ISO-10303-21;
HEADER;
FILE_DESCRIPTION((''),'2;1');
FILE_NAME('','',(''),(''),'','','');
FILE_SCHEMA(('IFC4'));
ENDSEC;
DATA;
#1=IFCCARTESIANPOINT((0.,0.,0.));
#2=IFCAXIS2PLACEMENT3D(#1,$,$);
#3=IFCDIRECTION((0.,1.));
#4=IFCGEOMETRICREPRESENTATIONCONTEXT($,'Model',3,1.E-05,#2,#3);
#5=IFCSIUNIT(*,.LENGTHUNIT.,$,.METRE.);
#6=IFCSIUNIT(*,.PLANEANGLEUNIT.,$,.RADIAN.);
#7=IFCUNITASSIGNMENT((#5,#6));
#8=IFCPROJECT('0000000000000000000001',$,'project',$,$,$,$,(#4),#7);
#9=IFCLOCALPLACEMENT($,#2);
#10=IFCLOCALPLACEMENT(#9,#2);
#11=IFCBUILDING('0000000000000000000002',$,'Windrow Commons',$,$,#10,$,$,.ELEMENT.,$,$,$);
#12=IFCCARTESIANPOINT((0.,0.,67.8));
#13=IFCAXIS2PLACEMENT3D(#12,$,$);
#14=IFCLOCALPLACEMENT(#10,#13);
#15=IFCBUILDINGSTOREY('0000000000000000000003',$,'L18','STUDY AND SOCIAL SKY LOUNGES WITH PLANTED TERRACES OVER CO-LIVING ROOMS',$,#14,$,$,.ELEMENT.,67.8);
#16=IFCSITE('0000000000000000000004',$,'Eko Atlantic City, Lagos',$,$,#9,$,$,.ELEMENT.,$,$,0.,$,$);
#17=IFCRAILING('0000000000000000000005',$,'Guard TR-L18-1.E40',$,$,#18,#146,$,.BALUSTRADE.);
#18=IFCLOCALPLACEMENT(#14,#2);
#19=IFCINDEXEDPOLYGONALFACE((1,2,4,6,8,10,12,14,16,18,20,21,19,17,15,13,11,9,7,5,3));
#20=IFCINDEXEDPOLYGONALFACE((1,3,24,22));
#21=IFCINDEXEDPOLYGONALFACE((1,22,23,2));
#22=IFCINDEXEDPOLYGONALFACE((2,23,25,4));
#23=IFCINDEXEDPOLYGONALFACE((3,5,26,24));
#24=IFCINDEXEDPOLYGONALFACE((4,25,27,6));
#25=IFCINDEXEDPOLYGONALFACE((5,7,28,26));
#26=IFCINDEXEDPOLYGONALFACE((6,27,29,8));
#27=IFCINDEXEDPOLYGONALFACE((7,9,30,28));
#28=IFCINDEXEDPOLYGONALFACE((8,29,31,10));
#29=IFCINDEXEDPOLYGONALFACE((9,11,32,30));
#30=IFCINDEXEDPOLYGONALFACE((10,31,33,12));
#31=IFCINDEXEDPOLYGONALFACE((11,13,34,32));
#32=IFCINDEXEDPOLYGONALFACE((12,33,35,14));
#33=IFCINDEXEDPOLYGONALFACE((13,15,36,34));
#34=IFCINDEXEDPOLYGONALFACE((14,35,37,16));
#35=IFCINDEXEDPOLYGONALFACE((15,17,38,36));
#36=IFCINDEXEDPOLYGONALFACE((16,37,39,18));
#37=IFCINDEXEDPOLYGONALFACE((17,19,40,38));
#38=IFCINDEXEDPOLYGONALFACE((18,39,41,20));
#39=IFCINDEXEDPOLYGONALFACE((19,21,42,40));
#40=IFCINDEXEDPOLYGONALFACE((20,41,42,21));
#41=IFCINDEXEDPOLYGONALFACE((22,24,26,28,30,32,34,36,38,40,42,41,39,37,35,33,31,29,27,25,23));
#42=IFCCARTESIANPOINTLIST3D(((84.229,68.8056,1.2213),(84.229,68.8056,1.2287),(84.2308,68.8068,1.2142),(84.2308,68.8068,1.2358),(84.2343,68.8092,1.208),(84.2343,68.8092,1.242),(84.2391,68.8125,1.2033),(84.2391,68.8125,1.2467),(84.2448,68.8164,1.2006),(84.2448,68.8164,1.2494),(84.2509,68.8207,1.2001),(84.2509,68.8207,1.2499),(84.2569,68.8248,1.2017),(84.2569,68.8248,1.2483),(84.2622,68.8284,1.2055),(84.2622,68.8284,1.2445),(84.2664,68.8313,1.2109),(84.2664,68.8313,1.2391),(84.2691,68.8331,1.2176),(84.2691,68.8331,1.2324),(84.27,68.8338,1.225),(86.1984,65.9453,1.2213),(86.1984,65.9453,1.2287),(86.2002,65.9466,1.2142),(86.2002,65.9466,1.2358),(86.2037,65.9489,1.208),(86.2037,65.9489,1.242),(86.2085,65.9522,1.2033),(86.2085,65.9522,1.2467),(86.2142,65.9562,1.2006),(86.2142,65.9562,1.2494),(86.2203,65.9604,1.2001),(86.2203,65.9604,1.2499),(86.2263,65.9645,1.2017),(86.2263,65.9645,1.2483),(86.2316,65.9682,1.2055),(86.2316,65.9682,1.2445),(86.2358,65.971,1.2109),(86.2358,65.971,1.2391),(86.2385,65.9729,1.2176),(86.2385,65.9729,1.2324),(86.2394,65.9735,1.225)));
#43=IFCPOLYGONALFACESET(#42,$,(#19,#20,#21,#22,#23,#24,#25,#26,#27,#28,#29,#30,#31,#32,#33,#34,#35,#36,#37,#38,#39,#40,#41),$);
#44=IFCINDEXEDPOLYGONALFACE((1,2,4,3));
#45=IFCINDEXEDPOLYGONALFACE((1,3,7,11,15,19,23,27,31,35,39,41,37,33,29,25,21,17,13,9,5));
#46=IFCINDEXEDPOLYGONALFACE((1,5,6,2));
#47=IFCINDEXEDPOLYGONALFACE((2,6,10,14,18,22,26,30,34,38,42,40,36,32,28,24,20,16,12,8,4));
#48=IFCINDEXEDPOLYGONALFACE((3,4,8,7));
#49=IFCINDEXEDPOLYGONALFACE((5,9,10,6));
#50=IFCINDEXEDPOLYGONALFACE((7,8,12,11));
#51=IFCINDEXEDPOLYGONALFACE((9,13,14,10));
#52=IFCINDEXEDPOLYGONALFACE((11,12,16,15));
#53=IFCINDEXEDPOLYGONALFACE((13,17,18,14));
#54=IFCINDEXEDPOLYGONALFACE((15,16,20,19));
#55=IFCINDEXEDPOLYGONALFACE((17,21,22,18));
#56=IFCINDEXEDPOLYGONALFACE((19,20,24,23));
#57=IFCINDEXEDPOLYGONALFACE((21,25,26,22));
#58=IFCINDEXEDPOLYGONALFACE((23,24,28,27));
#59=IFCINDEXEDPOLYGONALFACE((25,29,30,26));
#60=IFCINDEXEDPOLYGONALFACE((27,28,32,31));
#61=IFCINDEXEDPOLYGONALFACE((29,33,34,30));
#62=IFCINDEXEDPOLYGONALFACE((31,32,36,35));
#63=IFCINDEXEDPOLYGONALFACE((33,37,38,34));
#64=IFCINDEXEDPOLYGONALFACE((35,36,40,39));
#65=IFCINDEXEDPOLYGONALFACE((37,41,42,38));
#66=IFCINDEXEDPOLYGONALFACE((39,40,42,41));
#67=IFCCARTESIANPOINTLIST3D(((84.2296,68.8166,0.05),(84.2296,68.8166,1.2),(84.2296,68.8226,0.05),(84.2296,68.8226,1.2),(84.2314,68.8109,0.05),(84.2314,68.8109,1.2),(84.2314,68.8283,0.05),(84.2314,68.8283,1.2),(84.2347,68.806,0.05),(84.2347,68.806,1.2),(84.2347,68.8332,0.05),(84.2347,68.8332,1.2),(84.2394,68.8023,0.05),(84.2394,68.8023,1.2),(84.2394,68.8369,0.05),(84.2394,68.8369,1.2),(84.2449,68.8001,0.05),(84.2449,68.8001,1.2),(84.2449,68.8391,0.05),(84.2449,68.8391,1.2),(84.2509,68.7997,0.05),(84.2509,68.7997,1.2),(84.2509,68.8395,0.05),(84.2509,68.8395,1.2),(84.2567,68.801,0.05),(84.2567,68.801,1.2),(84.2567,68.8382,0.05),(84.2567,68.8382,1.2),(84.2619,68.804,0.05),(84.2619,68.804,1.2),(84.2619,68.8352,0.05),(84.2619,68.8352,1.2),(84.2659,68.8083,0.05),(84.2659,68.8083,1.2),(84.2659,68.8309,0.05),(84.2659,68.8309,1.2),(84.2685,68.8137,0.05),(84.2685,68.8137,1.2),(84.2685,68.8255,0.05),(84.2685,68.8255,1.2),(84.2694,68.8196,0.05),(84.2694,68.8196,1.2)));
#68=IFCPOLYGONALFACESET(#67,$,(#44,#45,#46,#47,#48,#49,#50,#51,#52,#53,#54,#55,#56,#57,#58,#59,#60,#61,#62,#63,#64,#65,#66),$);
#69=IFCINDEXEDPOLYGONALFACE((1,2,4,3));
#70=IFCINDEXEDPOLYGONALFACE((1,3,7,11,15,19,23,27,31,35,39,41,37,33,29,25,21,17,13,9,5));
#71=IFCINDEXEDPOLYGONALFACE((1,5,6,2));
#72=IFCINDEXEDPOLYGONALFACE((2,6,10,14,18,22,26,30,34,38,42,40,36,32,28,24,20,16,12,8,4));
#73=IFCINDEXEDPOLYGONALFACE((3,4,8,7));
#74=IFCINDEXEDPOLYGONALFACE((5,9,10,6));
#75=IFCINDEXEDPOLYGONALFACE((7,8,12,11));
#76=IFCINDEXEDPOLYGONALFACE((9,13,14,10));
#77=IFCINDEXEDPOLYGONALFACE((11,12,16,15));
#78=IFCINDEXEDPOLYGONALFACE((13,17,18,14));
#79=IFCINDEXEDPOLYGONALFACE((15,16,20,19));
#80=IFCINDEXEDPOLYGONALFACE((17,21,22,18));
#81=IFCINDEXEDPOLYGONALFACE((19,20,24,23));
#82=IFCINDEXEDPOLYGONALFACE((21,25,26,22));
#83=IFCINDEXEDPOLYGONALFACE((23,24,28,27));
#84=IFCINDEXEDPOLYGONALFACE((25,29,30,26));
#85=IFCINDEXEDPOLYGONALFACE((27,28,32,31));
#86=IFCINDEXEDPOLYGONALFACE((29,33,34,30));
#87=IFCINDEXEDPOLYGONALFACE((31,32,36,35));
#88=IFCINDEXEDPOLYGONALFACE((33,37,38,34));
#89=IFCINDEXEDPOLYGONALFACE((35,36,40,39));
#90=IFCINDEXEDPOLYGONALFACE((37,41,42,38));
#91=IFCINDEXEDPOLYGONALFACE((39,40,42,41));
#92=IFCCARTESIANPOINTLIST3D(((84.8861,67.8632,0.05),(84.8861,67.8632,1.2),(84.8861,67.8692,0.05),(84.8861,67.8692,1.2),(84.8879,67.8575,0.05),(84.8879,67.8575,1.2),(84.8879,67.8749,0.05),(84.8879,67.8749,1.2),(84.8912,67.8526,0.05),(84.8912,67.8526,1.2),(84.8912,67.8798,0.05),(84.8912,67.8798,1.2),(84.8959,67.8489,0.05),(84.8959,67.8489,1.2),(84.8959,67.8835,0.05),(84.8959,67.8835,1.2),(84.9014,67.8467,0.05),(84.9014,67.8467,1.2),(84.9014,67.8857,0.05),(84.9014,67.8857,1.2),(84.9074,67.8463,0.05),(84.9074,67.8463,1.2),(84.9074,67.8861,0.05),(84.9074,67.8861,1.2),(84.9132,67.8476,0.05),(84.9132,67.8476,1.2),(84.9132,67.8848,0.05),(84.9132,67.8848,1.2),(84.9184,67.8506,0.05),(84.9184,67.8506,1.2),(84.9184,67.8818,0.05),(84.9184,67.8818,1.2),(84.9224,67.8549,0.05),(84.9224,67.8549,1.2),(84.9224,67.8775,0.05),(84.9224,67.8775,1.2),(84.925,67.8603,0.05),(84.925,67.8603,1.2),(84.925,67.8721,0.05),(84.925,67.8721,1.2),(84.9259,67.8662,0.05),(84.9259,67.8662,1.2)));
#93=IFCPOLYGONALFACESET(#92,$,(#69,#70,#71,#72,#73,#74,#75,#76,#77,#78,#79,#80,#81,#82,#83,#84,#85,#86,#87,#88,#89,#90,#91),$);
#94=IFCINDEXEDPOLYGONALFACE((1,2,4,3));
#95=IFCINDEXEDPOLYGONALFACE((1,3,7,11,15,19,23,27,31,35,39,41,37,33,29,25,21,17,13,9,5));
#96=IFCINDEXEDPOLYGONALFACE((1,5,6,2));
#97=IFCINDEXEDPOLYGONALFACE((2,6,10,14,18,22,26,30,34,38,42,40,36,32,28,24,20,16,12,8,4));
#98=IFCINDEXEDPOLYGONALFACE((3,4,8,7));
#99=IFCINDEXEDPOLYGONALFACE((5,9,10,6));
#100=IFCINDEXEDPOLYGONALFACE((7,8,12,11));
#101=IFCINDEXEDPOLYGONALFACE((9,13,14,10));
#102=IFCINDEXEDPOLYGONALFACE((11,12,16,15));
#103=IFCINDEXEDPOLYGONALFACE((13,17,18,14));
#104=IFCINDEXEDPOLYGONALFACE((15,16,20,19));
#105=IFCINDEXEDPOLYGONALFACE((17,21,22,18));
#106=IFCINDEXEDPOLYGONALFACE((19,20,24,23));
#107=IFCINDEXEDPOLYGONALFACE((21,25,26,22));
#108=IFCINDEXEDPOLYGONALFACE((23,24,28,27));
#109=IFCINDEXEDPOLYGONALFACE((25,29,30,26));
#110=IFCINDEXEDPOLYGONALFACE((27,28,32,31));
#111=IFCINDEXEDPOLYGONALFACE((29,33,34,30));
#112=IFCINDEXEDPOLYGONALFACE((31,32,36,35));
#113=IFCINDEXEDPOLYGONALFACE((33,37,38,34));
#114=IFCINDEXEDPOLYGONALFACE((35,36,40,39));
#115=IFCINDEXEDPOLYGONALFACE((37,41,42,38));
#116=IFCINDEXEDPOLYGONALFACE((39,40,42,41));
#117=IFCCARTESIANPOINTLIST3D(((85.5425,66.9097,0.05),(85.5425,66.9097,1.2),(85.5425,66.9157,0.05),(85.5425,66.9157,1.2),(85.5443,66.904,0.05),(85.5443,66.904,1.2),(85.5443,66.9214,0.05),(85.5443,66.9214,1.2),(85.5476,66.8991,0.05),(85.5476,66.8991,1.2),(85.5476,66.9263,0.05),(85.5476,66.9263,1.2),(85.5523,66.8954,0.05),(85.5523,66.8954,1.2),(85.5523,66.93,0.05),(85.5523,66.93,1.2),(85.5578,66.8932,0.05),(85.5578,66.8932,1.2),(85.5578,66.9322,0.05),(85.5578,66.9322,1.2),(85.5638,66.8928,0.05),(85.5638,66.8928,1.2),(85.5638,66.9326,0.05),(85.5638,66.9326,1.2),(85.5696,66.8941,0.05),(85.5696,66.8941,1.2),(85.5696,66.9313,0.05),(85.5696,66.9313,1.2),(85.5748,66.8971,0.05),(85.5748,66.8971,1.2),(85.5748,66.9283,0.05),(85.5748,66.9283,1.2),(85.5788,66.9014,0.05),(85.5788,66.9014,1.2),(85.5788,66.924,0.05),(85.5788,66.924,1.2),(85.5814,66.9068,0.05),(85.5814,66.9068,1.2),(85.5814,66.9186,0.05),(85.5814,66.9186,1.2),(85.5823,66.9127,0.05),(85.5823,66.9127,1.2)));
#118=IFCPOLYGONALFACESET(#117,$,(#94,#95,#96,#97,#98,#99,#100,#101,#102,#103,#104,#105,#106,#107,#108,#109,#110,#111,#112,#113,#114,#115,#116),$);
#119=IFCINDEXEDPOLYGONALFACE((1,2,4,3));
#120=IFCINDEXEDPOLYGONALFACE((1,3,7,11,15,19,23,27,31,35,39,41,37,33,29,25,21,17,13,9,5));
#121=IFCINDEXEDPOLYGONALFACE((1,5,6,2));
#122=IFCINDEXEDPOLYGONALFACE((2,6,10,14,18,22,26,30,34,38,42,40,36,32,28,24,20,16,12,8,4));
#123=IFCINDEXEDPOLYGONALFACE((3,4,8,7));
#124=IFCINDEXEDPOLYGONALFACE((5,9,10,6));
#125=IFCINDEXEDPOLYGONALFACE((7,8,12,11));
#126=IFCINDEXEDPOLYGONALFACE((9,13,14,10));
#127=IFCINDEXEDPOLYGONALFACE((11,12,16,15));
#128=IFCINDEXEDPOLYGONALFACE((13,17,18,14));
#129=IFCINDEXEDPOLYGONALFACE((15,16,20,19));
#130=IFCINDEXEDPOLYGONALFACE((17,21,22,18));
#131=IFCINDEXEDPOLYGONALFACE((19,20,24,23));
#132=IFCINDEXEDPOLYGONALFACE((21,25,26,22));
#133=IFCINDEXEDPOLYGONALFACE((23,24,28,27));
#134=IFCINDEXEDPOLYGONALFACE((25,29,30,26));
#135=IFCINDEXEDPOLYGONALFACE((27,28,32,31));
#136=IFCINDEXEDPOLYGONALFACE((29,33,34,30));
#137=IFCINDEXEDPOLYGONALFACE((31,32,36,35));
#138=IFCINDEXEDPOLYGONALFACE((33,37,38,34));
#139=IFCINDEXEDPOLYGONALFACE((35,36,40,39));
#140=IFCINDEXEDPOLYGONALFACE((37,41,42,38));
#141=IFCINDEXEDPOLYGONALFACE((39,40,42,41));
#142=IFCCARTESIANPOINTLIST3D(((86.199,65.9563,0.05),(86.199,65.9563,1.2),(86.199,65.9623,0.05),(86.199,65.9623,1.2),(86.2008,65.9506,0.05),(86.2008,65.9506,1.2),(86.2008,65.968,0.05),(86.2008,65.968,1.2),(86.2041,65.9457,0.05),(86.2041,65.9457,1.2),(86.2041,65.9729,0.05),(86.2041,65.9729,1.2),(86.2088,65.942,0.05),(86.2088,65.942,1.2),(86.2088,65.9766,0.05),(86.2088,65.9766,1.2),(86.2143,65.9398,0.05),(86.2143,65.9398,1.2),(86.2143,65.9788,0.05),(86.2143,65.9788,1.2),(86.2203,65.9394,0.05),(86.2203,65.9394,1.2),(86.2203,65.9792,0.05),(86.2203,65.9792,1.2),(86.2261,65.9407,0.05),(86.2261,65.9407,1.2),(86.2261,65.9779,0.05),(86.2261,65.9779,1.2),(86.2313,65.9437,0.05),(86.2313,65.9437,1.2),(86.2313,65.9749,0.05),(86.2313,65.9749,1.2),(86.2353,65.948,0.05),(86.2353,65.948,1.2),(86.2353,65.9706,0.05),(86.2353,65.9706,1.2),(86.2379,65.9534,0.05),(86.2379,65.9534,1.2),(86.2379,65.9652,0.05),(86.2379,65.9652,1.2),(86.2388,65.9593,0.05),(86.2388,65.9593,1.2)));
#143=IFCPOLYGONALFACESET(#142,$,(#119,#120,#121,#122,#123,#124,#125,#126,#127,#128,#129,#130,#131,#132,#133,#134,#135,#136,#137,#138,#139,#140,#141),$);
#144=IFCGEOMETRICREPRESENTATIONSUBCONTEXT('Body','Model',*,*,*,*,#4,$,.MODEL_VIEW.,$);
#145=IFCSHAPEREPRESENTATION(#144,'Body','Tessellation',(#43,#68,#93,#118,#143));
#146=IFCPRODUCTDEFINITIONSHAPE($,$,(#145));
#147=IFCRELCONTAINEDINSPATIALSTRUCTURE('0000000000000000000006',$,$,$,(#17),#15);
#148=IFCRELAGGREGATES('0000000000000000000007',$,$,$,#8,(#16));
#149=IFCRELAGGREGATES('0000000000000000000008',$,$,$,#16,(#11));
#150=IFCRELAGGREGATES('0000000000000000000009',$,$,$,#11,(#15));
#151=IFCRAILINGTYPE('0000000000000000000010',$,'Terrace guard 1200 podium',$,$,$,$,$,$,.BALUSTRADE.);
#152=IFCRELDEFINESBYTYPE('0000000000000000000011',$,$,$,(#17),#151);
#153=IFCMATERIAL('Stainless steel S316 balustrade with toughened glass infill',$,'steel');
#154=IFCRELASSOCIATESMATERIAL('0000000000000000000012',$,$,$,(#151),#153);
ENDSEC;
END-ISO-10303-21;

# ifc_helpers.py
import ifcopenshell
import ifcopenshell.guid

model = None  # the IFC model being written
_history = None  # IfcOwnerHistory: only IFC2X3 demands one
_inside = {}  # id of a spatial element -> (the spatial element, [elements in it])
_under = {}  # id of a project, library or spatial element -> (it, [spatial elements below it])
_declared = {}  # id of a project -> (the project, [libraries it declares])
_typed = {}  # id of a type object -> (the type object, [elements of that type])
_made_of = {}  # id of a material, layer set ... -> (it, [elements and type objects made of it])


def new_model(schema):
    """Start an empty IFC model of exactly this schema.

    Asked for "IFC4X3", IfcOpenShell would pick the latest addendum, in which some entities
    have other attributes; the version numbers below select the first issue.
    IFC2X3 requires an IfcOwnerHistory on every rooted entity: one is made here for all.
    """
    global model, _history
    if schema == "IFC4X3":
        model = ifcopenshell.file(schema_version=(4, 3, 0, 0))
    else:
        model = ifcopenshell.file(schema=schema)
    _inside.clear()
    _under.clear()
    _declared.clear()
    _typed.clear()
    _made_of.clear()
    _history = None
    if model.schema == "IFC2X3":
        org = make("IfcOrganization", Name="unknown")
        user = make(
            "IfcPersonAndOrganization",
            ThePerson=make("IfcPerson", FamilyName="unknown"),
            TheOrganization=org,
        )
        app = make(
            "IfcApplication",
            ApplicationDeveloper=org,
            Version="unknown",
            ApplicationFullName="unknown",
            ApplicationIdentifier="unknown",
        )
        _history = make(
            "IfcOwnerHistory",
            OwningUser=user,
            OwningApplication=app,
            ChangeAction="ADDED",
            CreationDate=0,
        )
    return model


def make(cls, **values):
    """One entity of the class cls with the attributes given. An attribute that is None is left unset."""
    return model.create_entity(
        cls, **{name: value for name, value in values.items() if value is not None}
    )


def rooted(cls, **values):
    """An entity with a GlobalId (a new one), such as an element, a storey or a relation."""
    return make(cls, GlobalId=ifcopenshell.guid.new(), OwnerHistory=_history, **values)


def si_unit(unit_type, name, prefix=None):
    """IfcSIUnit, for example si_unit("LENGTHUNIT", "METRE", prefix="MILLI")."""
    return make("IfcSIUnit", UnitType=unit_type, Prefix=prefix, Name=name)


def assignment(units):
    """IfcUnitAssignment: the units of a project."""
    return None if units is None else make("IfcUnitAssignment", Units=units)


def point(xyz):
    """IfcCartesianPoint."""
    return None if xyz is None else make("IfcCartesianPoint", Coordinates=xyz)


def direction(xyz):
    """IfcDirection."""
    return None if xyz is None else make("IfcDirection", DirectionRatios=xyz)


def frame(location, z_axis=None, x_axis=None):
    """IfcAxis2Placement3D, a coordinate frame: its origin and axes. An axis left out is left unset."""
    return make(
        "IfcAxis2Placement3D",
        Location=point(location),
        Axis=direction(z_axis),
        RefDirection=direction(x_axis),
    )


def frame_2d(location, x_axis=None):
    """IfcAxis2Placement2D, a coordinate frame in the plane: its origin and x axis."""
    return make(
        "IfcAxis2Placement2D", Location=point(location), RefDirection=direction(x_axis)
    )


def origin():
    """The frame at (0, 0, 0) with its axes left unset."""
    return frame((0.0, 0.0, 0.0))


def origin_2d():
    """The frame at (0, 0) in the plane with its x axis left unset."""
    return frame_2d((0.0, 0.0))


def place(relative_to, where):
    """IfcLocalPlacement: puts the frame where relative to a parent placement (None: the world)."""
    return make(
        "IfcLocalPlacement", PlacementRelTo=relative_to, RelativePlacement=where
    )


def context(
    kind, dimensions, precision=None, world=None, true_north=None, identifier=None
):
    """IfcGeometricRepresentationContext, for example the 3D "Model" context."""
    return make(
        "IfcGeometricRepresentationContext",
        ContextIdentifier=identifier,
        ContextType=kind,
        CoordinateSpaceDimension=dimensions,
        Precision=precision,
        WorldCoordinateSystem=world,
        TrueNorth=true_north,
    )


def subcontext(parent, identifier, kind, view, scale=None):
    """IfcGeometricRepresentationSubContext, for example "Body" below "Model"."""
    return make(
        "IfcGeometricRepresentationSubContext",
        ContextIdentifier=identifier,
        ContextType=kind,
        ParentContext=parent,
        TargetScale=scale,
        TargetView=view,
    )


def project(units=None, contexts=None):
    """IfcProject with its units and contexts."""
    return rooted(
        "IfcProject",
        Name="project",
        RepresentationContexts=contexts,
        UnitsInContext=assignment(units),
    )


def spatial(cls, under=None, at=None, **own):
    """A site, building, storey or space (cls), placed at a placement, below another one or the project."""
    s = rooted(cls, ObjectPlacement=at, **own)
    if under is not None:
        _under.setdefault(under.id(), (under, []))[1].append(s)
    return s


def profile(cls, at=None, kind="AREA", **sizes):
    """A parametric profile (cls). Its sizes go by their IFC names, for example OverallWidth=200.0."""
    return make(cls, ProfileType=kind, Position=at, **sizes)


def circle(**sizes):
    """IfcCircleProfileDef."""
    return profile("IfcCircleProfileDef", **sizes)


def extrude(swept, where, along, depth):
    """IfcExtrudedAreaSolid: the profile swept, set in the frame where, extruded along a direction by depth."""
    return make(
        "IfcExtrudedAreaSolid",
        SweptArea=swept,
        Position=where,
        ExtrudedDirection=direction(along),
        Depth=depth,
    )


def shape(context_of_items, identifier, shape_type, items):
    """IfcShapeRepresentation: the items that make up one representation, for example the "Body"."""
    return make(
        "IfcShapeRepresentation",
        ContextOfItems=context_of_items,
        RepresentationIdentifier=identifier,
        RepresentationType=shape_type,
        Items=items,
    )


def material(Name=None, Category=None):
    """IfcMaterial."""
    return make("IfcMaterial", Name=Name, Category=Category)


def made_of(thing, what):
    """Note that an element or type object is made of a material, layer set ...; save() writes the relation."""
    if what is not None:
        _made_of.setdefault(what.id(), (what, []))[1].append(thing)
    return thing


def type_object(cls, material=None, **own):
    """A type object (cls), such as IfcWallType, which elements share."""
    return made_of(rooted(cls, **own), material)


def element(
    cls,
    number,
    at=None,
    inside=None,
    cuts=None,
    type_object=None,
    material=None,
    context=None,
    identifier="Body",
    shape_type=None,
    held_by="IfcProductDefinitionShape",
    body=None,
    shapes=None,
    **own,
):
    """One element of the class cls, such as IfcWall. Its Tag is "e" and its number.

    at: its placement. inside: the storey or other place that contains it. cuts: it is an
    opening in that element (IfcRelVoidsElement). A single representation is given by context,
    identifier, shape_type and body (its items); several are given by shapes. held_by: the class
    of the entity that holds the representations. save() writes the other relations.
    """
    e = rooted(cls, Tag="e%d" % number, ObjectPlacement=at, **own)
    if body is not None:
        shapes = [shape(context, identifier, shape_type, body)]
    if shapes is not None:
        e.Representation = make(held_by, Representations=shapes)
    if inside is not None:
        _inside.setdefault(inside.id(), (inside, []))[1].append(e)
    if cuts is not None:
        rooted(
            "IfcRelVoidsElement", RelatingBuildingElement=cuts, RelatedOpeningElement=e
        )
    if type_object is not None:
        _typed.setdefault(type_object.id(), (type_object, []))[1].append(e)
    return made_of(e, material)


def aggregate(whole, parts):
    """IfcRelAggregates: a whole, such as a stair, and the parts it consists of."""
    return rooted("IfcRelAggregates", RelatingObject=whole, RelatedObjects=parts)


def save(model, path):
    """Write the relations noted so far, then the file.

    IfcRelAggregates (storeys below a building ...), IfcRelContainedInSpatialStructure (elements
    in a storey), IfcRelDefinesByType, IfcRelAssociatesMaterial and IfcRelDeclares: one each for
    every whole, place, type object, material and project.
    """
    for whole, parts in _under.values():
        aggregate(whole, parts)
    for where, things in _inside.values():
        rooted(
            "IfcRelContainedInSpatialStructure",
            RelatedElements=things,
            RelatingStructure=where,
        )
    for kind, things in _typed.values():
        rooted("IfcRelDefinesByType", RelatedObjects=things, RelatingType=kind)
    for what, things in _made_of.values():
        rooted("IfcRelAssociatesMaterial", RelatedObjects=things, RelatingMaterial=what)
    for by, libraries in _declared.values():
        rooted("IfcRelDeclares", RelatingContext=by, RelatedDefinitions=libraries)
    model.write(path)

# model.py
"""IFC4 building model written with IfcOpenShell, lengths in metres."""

from ifc_helpers import new_model, si_unit, direction, frame, origin, origin_2d, place, context, subcontext, project, spatial, circle, extrude, material, type_object, element, save


model = new_model("IFC4")

# Units and contexts
model_context = context("Model", 3, precision=1e-05, world=origin(), true_north=direction((0.0, 1.0)))
body_context = subcontext(model_context, "Body", "Model", "MODEL_VIEW")
ifc_project = project(units=[si_unit("LENGTHUNIT", "METRE"), si_unit("PLANEANGLEUNIT", "RADIAN")], contexts=[model_context])

# Site, building, storey
site_placement = place(None, origin())
site = spatial("IfcSite", under=ifc_project, at=site_placement, Name="Eko Atlantic City, Lagos", CompositionType="ELEMENT", RefElevation=0.0)
building_placement = place(site_placement, origin())
building = spatial("IfcBuilding", under=site, at=building_placement, Name="Windrow Commons", CompositionType="ELEMENT")
storey_placement = place(building_placement, frame((0.0, 0.0, 67.8)))
storey = spatial("IfcBuildingStorey", under=building, at=storey_placement, Name="L18", Description="STUDY AND SOCIAL SKY LOUNGES WITH PLANTED TERRACES OVER CO-LIVING ROOMS", CompositionType="ELEMENT", Elevation=67.8)

# Railing
ifc_material_1 = material(Name="Stainless steel S316 balustrade with toughened glass infill", Category="steel")
railing_type_1 = type_object("IfcRailingType", Name="Terrace guard 1200 podium", PredefinedType="BALUSTRADE", material=ifc_material_1)
railing_1_placement = place(storey_placement, frame((84.2494, 68.8196, 0.05)))
element("IfcRailing", 1, at=railing_1_placement, inside=storey, type_object=railing_type_1, Name="Guard TR-L18-1.E40", PredefinedType="BALUSTRADE", context=body_context, shape_type="SweptSolid", body=[
    extrude(circle(Radius=0.025, at=origin_2d()), frame((0.0, 0.0, 1.175), z_axis=(0.567104, -0.823646, 0.0), x_axis=(0.823646, 0.567104, 0.0)), (0.0, 0.0, 1.0), 3.4727),
    extrude(circle(Radius=0.02, at=origin_2d()), origin(), (0.0, 0.0, 1.0), 1.15),
    extrude(circle(Radius=0.02, at=origin_2d()), frame((0.6565, -0.9534, 0.0)), (0.0, 0.0, 1.0), 1.15),
    extrude(circle(Radius=0.02, at=origin_2d()), frame((1.3129, -1.9069, 0.0)), (0.0, 0.0, 1.0), 1.15),
    extrude(circle(Radius=0.02, at=origin_2d()), frame((1.9694, -2.8603, 0.0)), (0.0, 0.0, 1.0), 1.15),
])

save(model, "model.ifc")
